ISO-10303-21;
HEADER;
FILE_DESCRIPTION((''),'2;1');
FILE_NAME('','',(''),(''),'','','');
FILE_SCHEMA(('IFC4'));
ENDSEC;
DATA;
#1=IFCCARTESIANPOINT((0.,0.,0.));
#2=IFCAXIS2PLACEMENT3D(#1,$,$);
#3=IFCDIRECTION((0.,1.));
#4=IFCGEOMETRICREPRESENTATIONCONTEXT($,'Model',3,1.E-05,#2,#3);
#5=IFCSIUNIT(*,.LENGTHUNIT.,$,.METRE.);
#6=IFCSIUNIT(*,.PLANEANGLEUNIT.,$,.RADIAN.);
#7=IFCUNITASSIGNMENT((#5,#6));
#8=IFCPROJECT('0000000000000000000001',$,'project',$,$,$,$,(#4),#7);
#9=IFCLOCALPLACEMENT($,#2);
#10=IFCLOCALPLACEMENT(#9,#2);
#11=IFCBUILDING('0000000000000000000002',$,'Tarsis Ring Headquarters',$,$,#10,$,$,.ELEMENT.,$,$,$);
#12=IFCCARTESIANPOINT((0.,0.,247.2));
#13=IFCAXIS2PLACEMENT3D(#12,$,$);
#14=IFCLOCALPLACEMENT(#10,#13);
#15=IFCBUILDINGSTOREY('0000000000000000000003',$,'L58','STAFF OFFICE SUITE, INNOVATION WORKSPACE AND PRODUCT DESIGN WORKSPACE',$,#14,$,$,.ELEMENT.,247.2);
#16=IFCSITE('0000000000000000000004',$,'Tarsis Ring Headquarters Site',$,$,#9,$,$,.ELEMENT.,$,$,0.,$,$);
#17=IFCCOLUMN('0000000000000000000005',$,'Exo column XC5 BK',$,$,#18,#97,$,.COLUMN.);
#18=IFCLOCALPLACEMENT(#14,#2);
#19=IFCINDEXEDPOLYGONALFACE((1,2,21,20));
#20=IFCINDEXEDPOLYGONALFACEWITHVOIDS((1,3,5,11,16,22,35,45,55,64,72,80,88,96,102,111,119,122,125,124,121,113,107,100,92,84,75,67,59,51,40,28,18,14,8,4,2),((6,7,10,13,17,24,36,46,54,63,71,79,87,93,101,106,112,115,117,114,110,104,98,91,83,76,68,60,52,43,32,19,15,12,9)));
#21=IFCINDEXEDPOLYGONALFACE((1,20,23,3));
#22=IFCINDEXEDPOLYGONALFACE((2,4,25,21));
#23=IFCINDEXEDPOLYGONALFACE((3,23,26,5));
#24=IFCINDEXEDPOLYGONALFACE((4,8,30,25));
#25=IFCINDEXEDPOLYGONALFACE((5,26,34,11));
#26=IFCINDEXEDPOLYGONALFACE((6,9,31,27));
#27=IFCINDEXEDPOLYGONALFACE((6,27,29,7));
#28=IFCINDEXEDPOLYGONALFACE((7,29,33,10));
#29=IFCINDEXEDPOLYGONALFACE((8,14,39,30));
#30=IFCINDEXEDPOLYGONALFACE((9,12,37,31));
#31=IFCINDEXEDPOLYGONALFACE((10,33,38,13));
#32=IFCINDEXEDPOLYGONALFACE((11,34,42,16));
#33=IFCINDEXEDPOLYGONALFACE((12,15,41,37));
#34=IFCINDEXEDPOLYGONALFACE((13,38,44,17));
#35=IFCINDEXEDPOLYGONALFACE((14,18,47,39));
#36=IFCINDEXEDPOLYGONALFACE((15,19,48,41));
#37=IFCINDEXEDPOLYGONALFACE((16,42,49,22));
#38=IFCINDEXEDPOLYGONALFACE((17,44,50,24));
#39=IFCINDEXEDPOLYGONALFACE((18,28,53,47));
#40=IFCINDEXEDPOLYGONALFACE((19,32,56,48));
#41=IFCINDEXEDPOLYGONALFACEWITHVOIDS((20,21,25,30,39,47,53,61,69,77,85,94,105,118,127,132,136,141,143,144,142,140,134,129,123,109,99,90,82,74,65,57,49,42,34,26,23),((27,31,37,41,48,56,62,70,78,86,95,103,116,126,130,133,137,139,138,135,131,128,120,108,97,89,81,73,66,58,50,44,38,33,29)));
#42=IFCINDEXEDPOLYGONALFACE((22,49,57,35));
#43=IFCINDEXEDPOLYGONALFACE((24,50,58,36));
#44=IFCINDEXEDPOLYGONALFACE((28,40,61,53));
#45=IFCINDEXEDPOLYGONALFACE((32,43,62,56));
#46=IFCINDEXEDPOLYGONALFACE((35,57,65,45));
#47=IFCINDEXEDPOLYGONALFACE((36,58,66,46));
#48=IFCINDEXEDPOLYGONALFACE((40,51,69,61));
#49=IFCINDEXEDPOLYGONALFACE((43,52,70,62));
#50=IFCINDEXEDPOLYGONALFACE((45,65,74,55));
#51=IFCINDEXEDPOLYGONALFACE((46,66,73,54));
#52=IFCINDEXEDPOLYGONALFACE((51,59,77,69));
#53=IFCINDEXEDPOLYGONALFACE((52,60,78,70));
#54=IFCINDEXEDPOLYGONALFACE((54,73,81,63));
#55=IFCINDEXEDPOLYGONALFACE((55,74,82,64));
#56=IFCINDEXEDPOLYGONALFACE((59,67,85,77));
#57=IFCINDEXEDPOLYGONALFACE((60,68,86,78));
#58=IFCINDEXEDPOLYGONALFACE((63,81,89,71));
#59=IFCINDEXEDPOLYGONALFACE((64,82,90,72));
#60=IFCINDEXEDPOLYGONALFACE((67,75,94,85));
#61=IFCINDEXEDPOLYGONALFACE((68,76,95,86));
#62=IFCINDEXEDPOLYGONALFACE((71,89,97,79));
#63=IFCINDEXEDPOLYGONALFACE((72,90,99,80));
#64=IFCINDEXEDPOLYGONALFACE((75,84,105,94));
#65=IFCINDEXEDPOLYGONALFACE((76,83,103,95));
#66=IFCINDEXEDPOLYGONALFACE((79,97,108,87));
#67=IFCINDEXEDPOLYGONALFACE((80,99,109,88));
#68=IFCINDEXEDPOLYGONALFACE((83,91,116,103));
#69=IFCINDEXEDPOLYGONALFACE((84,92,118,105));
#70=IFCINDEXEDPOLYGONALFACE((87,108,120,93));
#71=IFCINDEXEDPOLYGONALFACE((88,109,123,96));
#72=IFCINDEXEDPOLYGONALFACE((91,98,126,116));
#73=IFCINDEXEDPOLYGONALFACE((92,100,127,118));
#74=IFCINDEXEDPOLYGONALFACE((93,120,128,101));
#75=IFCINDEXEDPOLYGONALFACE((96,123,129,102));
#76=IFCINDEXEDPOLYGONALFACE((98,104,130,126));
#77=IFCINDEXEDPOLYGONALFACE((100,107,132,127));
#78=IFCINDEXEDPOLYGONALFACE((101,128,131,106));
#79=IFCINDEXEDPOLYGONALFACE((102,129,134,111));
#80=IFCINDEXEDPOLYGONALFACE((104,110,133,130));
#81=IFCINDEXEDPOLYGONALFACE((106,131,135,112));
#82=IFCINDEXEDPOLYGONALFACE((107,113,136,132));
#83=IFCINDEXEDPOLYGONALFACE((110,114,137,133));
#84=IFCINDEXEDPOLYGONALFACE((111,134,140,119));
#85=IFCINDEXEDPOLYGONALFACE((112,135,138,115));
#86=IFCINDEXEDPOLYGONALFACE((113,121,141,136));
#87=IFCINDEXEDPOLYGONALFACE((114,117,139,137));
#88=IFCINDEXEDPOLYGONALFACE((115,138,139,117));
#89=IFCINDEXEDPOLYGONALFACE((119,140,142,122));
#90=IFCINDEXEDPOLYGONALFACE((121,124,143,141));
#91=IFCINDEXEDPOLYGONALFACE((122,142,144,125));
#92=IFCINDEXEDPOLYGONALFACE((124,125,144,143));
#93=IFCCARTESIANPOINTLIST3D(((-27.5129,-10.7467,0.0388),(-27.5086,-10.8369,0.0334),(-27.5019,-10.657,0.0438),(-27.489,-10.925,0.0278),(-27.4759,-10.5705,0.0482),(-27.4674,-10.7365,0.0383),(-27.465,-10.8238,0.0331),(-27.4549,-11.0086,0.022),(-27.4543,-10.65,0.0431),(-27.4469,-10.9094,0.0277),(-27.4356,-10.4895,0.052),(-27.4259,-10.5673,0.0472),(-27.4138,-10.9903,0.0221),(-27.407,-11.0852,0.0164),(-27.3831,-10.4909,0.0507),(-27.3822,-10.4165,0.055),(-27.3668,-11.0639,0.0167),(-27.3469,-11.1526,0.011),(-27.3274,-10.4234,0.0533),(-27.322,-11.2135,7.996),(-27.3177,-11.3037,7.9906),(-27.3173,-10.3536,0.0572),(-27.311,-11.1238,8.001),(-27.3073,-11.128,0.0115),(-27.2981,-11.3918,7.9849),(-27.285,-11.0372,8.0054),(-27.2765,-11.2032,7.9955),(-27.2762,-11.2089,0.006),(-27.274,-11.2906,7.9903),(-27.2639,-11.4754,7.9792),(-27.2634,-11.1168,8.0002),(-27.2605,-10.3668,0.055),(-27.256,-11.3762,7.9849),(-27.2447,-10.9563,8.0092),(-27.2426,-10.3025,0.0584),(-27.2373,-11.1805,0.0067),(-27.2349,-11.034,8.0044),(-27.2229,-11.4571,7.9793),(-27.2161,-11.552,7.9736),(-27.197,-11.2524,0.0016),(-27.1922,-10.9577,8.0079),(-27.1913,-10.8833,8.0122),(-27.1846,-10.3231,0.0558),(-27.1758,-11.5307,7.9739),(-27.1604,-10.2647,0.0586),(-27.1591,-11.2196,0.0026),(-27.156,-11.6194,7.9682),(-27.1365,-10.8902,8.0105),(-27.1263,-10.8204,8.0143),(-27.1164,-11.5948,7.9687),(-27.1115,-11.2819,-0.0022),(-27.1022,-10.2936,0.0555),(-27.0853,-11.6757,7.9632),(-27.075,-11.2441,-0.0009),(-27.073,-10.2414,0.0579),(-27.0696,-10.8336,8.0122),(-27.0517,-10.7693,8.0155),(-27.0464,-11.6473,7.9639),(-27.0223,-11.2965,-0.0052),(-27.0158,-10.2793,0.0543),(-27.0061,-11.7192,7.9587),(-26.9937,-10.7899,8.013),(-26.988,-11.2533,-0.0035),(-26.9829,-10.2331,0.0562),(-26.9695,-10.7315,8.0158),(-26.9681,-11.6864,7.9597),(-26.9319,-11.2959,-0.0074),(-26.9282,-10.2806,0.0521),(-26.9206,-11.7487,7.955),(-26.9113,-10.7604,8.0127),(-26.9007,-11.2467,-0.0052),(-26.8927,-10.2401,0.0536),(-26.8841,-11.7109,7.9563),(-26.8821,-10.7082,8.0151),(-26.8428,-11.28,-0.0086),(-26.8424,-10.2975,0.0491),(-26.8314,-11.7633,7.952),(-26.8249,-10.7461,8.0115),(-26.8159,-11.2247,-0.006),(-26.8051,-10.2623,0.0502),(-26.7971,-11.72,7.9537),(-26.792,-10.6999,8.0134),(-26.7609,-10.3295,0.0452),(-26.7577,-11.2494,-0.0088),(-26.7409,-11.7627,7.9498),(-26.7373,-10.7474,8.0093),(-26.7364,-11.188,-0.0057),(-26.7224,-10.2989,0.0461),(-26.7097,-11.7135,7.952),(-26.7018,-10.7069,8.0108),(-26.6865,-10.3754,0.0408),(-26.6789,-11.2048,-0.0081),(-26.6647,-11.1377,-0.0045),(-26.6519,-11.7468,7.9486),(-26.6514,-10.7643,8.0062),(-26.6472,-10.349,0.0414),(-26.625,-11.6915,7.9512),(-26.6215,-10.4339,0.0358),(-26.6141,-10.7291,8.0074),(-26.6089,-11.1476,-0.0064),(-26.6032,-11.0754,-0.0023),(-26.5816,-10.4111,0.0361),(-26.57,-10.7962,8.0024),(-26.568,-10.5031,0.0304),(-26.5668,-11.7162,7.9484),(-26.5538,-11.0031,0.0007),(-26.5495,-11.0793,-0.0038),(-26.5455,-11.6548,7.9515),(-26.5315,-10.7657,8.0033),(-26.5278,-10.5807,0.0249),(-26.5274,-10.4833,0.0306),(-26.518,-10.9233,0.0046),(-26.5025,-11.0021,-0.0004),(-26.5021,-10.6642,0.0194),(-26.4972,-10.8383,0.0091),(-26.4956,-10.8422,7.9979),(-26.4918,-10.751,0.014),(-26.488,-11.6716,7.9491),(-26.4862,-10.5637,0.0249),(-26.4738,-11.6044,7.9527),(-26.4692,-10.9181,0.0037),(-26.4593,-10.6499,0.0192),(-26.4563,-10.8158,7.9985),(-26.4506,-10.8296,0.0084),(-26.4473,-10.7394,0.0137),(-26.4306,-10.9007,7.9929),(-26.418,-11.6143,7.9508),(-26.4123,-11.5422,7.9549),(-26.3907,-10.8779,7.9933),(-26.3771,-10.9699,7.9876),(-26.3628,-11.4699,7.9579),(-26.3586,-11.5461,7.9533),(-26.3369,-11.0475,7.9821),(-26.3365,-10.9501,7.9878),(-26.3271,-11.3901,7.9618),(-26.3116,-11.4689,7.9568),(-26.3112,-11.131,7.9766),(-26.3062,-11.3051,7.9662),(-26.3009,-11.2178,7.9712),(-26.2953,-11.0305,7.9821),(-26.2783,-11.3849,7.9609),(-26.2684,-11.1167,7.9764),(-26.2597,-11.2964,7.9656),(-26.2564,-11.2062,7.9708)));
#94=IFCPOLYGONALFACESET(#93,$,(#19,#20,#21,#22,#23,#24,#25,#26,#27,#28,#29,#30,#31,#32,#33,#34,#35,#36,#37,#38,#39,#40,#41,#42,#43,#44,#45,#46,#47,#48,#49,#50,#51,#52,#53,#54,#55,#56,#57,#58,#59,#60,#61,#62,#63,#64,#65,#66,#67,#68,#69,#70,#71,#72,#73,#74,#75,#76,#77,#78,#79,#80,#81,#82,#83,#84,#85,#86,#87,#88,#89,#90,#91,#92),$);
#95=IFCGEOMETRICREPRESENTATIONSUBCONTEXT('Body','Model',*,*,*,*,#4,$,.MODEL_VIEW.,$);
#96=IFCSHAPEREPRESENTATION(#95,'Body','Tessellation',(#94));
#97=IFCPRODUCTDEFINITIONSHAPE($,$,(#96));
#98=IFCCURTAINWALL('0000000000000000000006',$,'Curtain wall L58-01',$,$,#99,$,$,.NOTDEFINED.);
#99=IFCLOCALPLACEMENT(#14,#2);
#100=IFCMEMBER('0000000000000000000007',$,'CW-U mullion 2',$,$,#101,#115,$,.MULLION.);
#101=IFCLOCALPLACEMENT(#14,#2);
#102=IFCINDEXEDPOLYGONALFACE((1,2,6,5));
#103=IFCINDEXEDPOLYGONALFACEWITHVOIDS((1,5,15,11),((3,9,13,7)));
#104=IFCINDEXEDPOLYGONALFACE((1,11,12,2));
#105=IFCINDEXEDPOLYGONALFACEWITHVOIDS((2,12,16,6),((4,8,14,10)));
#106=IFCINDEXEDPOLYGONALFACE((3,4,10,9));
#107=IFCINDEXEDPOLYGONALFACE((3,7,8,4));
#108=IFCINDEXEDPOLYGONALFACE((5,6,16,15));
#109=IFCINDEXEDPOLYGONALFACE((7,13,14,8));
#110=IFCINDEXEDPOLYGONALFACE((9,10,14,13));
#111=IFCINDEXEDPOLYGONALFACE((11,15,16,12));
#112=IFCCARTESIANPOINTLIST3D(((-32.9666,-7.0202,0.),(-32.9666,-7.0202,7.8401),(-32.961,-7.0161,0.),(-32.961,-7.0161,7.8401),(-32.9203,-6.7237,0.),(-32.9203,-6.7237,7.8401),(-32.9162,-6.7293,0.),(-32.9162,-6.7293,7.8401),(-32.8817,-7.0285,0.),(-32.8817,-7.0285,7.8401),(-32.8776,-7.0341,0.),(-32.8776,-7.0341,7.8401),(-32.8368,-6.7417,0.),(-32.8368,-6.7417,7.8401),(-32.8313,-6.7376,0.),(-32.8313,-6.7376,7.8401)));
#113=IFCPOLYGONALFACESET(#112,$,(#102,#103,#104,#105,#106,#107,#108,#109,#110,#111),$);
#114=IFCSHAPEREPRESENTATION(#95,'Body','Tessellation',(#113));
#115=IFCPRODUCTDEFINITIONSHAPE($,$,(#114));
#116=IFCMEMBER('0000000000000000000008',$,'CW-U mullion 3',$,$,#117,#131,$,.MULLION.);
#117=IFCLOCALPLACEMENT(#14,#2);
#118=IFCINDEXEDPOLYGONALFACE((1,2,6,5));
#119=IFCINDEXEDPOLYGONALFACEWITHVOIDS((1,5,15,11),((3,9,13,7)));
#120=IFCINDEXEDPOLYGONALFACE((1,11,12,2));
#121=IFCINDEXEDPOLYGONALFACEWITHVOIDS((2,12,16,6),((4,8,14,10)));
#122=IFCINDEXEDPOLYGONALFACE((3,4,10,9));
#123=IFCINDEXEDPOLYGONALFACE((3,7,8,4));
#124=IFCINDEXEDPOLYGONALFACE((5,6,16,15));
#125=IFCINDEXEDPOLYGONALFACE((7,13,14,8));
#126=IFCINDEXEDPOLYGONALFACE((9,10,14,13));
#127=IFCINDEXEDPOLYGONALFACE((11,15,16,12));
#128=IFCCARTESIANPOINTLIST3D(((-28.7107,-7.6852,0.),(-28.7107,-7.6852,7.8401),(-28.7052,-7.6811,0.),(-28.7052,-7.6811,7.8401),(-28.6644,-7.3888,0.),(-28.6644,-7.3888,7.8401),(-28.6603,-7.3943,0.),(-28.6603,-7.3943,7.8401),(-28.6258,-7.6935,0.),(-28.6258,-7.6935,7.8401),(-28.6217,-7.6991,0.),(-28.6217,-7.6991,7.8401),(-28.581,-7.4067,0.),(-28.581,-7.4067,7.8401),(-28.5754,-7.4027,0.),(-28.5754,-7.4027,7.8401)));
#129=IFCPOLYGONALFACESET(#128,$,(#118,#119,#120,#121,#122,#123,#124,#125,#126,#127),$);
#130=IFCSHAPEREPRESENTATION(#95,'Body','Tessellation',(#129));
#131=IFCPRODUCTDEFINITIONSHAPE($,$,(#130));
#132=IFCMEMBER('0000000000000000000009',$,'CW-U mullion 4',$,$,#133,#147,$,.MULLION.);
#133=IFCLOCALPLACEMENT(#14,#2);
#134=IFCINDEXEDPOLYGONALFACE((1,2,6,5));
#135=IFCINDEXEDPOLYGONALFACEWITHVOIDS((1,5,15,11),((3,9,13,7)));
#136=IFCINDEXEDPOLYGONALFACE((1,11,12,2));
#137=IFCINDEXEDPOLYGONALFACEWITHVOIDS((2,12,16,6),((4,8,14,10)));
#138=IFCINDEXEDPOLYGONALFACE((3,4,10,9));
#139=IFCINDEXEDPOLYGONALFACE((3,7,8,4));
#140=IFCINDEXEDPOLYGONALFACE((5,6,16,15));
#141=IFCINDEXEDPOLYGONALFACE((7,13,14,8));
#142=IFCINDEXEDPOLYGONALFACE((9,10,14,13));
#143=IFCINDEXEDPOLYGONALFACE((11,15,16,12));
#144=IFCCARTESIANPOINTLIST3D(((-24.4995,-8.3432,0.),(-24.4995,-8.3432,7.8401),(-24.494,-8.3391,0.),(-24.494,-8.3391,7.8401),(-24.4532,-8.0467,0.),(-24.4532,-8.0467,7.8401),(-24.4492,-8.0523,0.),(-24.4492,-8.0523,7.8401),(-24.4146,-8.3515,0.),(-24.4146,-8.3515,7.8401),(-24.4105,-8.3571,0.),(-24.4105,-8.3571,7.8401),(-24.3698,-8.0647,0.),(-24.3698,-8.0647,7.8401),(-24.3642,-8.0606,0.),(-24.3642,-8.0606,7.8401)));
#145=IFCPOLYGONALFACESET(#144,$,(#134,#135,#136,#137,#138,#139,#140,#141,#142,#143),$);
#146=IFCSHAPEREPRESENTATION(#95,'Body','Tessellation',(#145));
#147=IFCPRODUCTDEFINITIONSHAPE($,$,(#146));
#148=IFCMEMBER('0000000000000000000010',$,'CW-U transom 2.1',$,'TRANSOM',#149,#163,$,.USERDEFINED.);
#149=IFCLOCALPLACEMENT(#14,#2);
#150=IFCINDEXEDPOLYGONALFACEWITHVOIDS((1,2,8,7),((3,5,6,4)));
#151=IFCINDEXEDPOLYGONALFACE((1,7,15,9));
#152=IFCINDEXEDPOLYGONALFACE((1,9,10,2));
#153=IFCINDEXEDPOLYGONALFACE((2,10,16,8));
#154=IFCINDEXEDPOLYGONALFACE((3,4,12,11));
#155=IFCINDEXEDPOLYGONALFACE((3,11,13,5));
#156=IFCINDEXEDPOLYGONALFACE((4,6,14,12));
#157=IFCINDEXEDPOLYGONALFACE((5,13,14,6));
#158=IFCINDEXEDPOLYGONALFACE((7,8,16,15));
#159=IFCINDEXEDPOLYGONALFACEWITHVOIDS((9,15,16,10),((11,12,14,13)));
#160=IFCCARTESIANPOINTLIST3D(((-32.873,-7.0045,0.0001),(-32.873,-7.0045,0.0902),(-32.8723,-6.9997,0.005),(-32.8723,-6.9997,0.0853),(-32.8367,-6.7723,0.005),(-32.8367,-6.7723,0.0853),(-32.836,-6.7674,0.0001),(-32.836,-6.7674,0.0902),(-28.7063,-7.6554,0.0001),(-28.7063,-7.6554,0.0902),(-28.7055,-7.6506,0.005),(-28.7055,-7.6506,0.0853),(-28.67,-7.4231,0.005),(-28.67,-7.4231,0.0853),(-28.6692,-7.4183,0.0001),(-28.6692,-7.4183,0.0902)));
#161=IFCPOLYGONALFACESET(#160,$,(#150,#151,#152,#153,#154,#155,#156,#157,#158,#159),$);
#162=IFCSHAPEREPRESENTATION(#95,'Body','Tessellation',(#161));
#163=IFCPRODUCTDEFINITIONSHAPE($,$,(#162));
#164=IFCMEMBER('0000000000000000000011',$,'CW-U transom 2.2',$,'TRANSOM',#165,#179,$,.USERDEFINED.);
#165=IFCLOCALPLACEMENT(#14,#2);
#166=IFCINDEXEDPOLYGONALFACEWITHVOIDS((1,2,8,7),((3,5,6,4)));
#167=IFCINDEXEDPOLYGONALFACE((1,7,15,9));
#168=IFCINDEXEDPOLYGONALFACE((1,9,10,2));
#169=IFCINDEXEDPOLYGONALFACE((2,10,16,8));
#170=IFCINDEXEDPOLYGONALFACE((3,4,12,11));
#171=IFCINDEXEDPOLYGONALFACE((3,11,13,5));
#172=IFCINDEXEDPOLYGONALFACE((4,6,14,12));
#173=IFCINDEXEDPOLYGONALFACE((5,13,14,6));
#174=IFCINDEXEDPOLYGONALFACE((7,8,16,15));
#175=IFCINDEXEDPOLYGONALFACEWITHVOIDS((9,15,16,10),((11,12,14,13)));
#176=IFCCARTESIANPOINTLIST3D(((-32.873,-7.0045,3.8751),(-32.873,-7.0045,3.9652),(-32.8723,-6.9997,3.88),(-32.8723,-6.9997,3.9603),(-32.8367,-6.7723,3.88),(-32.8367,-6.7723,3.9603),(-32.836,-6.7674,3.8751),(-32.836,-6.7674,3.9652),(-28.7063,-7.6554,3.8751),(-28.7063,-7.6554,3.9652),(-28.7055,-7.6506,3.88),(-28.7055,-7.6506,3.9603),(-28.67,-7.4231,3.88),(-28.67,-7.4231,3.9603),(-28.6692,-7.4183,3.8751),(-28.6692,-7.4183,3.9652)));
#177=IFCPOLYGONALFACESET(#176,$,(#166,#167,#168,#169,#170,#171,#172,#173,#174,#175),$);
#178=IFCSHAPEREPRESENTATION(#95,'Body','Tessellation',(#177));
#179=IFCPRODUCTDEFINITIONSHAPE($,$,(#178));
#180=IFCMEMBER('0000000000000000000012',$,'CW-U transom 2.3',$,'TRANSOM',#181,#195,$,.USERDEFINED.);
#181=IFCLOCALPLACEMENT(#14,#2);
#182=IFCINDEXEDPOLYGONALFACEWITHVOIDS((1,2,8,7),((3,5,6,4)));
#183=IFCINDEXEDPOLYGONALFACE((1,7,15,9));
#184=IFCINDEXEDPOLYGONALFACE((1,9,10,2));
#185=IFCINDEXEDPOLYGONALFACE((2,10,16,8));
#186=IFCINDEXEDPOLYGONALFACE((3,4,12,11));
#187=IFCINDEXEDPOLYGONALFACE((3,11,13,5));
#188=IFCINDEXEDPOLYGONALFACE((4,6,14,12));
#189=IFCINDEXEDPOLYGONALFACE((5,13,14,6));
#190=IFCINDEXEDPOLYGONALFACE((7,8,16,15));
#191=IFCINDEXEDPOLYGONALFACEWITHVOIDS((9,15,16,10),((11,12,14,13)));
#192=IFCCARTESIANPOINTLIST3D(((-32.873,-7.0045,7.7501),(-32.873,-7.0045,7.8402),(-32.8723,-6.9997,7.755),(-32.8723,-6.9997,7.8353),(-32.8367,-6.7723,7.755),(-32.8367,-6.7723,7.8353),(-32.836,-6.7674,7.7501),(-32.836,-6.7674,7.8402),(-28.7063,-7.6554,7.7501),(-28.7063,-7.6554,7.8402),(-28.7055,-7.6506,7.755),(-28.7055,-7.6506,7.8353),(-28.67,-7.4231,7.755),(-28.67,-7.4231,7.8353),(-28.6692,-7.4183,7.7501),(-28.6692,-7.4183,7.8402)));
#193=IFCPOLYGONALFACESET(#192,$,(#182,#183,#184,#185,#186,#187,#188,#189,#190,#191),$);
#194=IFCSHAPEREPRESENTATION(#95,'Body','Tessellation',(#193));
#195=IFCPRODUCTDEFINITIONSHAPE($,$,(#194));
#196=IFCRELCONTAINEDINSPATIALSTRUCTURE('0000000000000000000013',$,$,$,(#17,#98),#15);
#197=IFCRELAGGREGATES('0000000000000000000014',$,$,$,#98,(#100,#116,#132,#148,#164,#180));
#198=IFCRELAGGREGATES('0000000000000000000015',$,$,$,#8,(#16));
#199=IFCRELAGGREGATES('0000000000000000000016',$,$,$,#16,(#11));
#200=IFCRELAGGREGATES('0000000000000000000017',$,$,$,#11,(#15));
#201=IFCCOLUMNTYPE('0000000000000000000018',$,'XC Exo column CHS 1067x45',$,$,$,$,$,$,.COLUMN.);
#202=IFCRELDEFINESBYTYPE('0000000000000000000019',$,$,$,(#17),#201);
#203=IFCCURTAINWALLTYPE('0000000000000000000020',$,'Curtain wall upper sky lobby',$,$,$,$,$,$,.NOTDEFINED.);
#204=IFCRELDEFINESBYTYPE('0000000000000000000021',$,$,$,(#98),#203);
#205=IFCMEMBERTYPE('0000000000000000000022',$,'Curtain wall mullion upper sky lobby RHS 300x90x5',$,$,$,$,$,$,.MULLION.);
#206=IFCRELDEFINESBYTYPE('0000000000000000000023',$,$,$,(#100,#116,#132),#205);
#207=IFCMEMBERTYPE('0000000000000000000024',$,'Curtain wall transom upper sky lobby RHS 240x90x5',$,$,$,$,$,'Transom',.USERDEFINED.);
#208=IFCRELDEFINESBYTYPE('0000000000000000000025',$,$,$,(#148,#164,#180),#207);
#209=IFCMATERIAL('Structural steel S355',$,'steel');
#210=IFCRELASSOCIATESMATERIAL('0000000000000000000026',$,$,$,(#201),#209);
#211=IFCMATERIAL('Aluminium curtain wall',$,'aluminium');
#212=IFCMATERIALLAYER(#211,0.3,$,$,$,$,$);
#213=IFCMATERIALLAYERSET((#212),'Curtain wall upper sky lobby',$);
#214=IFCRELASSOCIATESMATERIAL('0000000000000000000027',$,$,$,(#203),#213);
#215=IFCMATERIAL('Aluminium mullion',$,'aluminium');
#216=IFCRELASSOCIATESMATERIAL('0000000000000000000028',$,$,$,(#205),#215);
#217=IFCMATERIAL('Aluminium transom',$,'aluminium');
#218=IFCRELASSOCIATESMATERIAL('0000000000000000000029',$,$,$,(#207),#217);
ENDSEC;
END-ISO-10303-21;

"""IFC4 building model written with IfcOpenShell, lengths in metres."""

from ifc_helpers import new_model, si_unit, direction, frame, origin, origin_2d, place, context, subcontext, project, spatial, hollow_rectangle, hollow_circle, extrude, material, layer, layer_set, material_profile, profile_set, type_object, element, aggregate, save


model = new_model("IFC4")

# Units and contexts
model_context = context("Model", 3, precision=1e-05, world=origin(), true_north=direction((0.0, 1.0)))
body_context = subcontext(model_context, "Body", "Model", "MODEL_VIEW")
ifc_project = project(units=[si_unit("LENGTHUNIT", "METRE"), si_unit("PLANEANGLEUNIT", "RADIAN")], contexts=[model_context])

# Site, building, storey
site_placement = place(None, origin())
site = spatial("IfcSite", under=ifc_project, at=site_placement, Name="Tarsis Ring Headquarters Site", CompositionType="ELEMENT", RefElevation=0.0)
building_placement = place(site_placement, origin())
building = spatial("IfcBuilding", under=site, at=building_placement, Name="Tarsis Ring Headquarters", CompositionType="ELEMENT")
storey_placement = place(building_placement, frame((0.0, 0.0, 247.2)))
storey = spatial("IfcBuildingStorey", under=building, at=storey_placement, Name="L58", Description="STAFF OFFICE SUITE, INNOVATION WORKSPACE AND PRODUCT DESIGN WORKSPACE", CompositionType="ELEMENT", Elevation=247.2)

# Column
ifc_material_1 = material(Name="Structural steel S355", Category="steel")
ifc_material_profile_1 = material_profile(ifc_material_1, hollow_circle(Radius=0.5334, WallThickness=0.0449, at=origin_2d()), Name="CHS 1067x45")
ifc_profile_set_1 = profile_set([ifc_material_profile_1], Name="Structural steel S355")
column_type = type_object("IfcColumnType", Name="XC Exo column CHS 1067x45", PredefinedType="COLUMN", material=ifc_profile_set_1)
column_placement = place(storey_placement, frame((-26.98, -10.7656, 0.0249), z_axis=(0.023945, -0.058545, 0.997998), x_axis=(0.925578, 0.378557, 0.0)))
element("IfcColumn", 1, at=column_placement, inside=storey, type_object=column_type, Name="Exo column XC5 BK", PredefinedType="COLUMN", context=body_context, shape_type="SweptSolid", body=[
    extrude(hollow_circle(Radius=0.5334, WallThickness=0.0449, at=origin_2d()), origin(), (0.0, 0.0, 1.0), 7.9731),
])

# Curtain wall, members
ifc_material_2 = material(Name="Aluminium curtain wall", Category="aluminium")
ifc_layer_1 = layer(ifc_material_2, 0.3)
ifc_layer_set_1 = layer_set([ifc_layer_1], Name="Curtain wall upper sky lobby")
curtain_wall_type = type_object("IfcCurtainWallType", Name="Curtain wall upper sky lobby", PredefinedType="NOTDEFINED", material=ifc_layer_set_1)
curtain_wall_placement = place(storey_placement, origin())
curtain_wall = element("IfcCurtainWall", 2, at=curtain_wall_placement, inside=storey, type_object=curtain_wall_type, Name="Curtain wall L58-01", PredefinedType="NOTDEFINED")
ifc_material_3 = material(Name="Aluminium mullion", Category="aluminium")
ifc_material_profile_2 = material_profile(ifc_material_3, hollow_rectangle(XDim=0.3, YDim=0.0901, WallThickness=0.0049, at=origin_2d()), Name="RHS 300x90x5")
ifc_profile_set_2 = profile_set([ifc_material_profile_2], Name="Aluminium mullion")
member_type_1 = type_object("IfcMemberType", Name="Curtain wall mullion upper sky lobby RHS 300x90x5", PredefinedType="MULLION", material=ifc_profile_set_2)
member_1_placement = place(storey_placement, frame((-32.8989, -6.8789, 0.0), z_axis=(0.0, 0.0, 1.0), x_axis=(0.154365, 0.988014, 0.0)))
member_1 = element("IfcMember", 3, at=member_1_placement, type_object=member_type_1, Name="CW-U mullion 2", PredefinedType="MULLION", context=body_context, shape_type="SweptSolid", body=[
    extrude(hollow_rectangle(XDim=0.3, YDim=0.0901, WallThickness=0.0049, at=origin_2d()), origin(), (0.0, 0.0, 1.0), 7.8401),
])
member_2_placement = place(storey_placement, frame((-28.6431, -7.5439, 0.0), z_axis=(0.0, 0.0, 1.0), x_axis=(0.154365, 0.988014, 0.0)))
member_2 = element("IfcMember", 4, at=member_2_placement, type_object=member_type_1, Name="CW-U mullion 3", PredefinedType="MULLION", context=body_context, shape_type="SweptSolid", body=[
    extrude(hollow_rectangle(XDim=0.3, YDim=0.0901, WallThickness=0.0049, at=origin_2d()), origin(), (0.0, 0.0, 1.0), 7.8401),
])
member_3_placement = place(storey_placement, frame((-24.4319, -8.2019, 0.0), z_axis=(0.0, 0.0, 1.0), x_axis=(0.154365, 0.988014, 0.0)))
member_3 = element("IfcMember", 5, at=member_3_placement, type_object=member_type_1, Name="CW-U mullion 4", PredefinedType="MULLION", context=body_context, shape_type="SweptSolid", body=[
    extrude(hollow_rectangle(XDim=0.3, YDim=0.0901, WallThickness=0.0049, at=origin_2d()), origin(), (0.0, 0.0, 1.0), 7.8401),
])
ifc_material_4 = material(Name="Aluminium transom", Category="aluminium")
ifc_material_profile_3 = material_profile(ifc_material_4, hollow_rectangle(XDim=0.24, YDim=0.0901, WallThickness=0.0049, at=origin_2d()), Name="RHS 240x90x5")
ifc_profile_set_3 = profile_set([ifc_material_profile_3], Name="Aluminium transom")
member_type_2 = type_object("IfcMemberType", Name="Curtain wall transom upper sky lobby RHS 240x90x5", ElementType="Transom", PredefinedType="USERDEFINED", material=ifc_profile_set_3)
member_4_placement = place(storey_placement, frame((-32.8545, -6.886, 0.0452), z_axis=(0.988018, -0.154336, 0.0), x_axis=(0.154336, 0.988018, 0.0)))
member_4 = element("IfcMember", 6, at=member_4_placement, type_object=member_type_2, Name="CW-U transom 2.1", ObjectType="TRANSOM", PredefinedType="USERDEFINED", context=body_context, shape_type="SweptSolid", body=[
    extrude(hollow_rectangle(XDim=0.24, YDim=0.0901, WallThickness=0.0049, at=origin_2d()), origin(), (0.0, 0.0, 1.0), 4.2173),
])
member_5_placement = place(storey_placement, frame((-32.8545, -6.886, 3.9202), z_axis=(0.988018, -0.154336, 0.0), x_axis=(0.154336, 0.988018, 0.0)))
member_5 = element("IfcMember", 7, at=member_5_placement, type_object=member_type_2, Name="CW-U transom 2.2", ObjectType="TRANSOM", PredefinedType="USERDEFINED", context=body_context, shape_type="SweptSolid", body=[
    extrude(hollow_rectangle(XDim=0.24, YDim=0.0901, WallThickness=0.0049, at=origin_2d()), origin(), (0.0, 0.0, 1.0), 4.2173),
])
member_6_placement = place(storey_placement, frame((-32.8545, -6.886, 7.7952), z_axis=(0.988018, -0.154336, 0.0), x_axis=(0.154336, 0.988018, 0.0)))
member_6 = element("IfcMember", 8, at=member_6_placement, type_object=member_type_2, Name="CW-U transom 2.3", ObjectType="TRANSOM", PredefinedType="USERDEFINED", context=body_context, shape_type="SweptSolid", body=[
    extrude(hollow_rectangle(XDim=0.24, YDim=0.0901, WallThickness=0.0049, at=origin_2d()), origin(), (0.0, 0.0, 1.0), 4.2173),
])

aggregate(curtain_wall, [member_1, member_2, member_3, member_4, member_5, member_6])

save(model, "model.ifc")
